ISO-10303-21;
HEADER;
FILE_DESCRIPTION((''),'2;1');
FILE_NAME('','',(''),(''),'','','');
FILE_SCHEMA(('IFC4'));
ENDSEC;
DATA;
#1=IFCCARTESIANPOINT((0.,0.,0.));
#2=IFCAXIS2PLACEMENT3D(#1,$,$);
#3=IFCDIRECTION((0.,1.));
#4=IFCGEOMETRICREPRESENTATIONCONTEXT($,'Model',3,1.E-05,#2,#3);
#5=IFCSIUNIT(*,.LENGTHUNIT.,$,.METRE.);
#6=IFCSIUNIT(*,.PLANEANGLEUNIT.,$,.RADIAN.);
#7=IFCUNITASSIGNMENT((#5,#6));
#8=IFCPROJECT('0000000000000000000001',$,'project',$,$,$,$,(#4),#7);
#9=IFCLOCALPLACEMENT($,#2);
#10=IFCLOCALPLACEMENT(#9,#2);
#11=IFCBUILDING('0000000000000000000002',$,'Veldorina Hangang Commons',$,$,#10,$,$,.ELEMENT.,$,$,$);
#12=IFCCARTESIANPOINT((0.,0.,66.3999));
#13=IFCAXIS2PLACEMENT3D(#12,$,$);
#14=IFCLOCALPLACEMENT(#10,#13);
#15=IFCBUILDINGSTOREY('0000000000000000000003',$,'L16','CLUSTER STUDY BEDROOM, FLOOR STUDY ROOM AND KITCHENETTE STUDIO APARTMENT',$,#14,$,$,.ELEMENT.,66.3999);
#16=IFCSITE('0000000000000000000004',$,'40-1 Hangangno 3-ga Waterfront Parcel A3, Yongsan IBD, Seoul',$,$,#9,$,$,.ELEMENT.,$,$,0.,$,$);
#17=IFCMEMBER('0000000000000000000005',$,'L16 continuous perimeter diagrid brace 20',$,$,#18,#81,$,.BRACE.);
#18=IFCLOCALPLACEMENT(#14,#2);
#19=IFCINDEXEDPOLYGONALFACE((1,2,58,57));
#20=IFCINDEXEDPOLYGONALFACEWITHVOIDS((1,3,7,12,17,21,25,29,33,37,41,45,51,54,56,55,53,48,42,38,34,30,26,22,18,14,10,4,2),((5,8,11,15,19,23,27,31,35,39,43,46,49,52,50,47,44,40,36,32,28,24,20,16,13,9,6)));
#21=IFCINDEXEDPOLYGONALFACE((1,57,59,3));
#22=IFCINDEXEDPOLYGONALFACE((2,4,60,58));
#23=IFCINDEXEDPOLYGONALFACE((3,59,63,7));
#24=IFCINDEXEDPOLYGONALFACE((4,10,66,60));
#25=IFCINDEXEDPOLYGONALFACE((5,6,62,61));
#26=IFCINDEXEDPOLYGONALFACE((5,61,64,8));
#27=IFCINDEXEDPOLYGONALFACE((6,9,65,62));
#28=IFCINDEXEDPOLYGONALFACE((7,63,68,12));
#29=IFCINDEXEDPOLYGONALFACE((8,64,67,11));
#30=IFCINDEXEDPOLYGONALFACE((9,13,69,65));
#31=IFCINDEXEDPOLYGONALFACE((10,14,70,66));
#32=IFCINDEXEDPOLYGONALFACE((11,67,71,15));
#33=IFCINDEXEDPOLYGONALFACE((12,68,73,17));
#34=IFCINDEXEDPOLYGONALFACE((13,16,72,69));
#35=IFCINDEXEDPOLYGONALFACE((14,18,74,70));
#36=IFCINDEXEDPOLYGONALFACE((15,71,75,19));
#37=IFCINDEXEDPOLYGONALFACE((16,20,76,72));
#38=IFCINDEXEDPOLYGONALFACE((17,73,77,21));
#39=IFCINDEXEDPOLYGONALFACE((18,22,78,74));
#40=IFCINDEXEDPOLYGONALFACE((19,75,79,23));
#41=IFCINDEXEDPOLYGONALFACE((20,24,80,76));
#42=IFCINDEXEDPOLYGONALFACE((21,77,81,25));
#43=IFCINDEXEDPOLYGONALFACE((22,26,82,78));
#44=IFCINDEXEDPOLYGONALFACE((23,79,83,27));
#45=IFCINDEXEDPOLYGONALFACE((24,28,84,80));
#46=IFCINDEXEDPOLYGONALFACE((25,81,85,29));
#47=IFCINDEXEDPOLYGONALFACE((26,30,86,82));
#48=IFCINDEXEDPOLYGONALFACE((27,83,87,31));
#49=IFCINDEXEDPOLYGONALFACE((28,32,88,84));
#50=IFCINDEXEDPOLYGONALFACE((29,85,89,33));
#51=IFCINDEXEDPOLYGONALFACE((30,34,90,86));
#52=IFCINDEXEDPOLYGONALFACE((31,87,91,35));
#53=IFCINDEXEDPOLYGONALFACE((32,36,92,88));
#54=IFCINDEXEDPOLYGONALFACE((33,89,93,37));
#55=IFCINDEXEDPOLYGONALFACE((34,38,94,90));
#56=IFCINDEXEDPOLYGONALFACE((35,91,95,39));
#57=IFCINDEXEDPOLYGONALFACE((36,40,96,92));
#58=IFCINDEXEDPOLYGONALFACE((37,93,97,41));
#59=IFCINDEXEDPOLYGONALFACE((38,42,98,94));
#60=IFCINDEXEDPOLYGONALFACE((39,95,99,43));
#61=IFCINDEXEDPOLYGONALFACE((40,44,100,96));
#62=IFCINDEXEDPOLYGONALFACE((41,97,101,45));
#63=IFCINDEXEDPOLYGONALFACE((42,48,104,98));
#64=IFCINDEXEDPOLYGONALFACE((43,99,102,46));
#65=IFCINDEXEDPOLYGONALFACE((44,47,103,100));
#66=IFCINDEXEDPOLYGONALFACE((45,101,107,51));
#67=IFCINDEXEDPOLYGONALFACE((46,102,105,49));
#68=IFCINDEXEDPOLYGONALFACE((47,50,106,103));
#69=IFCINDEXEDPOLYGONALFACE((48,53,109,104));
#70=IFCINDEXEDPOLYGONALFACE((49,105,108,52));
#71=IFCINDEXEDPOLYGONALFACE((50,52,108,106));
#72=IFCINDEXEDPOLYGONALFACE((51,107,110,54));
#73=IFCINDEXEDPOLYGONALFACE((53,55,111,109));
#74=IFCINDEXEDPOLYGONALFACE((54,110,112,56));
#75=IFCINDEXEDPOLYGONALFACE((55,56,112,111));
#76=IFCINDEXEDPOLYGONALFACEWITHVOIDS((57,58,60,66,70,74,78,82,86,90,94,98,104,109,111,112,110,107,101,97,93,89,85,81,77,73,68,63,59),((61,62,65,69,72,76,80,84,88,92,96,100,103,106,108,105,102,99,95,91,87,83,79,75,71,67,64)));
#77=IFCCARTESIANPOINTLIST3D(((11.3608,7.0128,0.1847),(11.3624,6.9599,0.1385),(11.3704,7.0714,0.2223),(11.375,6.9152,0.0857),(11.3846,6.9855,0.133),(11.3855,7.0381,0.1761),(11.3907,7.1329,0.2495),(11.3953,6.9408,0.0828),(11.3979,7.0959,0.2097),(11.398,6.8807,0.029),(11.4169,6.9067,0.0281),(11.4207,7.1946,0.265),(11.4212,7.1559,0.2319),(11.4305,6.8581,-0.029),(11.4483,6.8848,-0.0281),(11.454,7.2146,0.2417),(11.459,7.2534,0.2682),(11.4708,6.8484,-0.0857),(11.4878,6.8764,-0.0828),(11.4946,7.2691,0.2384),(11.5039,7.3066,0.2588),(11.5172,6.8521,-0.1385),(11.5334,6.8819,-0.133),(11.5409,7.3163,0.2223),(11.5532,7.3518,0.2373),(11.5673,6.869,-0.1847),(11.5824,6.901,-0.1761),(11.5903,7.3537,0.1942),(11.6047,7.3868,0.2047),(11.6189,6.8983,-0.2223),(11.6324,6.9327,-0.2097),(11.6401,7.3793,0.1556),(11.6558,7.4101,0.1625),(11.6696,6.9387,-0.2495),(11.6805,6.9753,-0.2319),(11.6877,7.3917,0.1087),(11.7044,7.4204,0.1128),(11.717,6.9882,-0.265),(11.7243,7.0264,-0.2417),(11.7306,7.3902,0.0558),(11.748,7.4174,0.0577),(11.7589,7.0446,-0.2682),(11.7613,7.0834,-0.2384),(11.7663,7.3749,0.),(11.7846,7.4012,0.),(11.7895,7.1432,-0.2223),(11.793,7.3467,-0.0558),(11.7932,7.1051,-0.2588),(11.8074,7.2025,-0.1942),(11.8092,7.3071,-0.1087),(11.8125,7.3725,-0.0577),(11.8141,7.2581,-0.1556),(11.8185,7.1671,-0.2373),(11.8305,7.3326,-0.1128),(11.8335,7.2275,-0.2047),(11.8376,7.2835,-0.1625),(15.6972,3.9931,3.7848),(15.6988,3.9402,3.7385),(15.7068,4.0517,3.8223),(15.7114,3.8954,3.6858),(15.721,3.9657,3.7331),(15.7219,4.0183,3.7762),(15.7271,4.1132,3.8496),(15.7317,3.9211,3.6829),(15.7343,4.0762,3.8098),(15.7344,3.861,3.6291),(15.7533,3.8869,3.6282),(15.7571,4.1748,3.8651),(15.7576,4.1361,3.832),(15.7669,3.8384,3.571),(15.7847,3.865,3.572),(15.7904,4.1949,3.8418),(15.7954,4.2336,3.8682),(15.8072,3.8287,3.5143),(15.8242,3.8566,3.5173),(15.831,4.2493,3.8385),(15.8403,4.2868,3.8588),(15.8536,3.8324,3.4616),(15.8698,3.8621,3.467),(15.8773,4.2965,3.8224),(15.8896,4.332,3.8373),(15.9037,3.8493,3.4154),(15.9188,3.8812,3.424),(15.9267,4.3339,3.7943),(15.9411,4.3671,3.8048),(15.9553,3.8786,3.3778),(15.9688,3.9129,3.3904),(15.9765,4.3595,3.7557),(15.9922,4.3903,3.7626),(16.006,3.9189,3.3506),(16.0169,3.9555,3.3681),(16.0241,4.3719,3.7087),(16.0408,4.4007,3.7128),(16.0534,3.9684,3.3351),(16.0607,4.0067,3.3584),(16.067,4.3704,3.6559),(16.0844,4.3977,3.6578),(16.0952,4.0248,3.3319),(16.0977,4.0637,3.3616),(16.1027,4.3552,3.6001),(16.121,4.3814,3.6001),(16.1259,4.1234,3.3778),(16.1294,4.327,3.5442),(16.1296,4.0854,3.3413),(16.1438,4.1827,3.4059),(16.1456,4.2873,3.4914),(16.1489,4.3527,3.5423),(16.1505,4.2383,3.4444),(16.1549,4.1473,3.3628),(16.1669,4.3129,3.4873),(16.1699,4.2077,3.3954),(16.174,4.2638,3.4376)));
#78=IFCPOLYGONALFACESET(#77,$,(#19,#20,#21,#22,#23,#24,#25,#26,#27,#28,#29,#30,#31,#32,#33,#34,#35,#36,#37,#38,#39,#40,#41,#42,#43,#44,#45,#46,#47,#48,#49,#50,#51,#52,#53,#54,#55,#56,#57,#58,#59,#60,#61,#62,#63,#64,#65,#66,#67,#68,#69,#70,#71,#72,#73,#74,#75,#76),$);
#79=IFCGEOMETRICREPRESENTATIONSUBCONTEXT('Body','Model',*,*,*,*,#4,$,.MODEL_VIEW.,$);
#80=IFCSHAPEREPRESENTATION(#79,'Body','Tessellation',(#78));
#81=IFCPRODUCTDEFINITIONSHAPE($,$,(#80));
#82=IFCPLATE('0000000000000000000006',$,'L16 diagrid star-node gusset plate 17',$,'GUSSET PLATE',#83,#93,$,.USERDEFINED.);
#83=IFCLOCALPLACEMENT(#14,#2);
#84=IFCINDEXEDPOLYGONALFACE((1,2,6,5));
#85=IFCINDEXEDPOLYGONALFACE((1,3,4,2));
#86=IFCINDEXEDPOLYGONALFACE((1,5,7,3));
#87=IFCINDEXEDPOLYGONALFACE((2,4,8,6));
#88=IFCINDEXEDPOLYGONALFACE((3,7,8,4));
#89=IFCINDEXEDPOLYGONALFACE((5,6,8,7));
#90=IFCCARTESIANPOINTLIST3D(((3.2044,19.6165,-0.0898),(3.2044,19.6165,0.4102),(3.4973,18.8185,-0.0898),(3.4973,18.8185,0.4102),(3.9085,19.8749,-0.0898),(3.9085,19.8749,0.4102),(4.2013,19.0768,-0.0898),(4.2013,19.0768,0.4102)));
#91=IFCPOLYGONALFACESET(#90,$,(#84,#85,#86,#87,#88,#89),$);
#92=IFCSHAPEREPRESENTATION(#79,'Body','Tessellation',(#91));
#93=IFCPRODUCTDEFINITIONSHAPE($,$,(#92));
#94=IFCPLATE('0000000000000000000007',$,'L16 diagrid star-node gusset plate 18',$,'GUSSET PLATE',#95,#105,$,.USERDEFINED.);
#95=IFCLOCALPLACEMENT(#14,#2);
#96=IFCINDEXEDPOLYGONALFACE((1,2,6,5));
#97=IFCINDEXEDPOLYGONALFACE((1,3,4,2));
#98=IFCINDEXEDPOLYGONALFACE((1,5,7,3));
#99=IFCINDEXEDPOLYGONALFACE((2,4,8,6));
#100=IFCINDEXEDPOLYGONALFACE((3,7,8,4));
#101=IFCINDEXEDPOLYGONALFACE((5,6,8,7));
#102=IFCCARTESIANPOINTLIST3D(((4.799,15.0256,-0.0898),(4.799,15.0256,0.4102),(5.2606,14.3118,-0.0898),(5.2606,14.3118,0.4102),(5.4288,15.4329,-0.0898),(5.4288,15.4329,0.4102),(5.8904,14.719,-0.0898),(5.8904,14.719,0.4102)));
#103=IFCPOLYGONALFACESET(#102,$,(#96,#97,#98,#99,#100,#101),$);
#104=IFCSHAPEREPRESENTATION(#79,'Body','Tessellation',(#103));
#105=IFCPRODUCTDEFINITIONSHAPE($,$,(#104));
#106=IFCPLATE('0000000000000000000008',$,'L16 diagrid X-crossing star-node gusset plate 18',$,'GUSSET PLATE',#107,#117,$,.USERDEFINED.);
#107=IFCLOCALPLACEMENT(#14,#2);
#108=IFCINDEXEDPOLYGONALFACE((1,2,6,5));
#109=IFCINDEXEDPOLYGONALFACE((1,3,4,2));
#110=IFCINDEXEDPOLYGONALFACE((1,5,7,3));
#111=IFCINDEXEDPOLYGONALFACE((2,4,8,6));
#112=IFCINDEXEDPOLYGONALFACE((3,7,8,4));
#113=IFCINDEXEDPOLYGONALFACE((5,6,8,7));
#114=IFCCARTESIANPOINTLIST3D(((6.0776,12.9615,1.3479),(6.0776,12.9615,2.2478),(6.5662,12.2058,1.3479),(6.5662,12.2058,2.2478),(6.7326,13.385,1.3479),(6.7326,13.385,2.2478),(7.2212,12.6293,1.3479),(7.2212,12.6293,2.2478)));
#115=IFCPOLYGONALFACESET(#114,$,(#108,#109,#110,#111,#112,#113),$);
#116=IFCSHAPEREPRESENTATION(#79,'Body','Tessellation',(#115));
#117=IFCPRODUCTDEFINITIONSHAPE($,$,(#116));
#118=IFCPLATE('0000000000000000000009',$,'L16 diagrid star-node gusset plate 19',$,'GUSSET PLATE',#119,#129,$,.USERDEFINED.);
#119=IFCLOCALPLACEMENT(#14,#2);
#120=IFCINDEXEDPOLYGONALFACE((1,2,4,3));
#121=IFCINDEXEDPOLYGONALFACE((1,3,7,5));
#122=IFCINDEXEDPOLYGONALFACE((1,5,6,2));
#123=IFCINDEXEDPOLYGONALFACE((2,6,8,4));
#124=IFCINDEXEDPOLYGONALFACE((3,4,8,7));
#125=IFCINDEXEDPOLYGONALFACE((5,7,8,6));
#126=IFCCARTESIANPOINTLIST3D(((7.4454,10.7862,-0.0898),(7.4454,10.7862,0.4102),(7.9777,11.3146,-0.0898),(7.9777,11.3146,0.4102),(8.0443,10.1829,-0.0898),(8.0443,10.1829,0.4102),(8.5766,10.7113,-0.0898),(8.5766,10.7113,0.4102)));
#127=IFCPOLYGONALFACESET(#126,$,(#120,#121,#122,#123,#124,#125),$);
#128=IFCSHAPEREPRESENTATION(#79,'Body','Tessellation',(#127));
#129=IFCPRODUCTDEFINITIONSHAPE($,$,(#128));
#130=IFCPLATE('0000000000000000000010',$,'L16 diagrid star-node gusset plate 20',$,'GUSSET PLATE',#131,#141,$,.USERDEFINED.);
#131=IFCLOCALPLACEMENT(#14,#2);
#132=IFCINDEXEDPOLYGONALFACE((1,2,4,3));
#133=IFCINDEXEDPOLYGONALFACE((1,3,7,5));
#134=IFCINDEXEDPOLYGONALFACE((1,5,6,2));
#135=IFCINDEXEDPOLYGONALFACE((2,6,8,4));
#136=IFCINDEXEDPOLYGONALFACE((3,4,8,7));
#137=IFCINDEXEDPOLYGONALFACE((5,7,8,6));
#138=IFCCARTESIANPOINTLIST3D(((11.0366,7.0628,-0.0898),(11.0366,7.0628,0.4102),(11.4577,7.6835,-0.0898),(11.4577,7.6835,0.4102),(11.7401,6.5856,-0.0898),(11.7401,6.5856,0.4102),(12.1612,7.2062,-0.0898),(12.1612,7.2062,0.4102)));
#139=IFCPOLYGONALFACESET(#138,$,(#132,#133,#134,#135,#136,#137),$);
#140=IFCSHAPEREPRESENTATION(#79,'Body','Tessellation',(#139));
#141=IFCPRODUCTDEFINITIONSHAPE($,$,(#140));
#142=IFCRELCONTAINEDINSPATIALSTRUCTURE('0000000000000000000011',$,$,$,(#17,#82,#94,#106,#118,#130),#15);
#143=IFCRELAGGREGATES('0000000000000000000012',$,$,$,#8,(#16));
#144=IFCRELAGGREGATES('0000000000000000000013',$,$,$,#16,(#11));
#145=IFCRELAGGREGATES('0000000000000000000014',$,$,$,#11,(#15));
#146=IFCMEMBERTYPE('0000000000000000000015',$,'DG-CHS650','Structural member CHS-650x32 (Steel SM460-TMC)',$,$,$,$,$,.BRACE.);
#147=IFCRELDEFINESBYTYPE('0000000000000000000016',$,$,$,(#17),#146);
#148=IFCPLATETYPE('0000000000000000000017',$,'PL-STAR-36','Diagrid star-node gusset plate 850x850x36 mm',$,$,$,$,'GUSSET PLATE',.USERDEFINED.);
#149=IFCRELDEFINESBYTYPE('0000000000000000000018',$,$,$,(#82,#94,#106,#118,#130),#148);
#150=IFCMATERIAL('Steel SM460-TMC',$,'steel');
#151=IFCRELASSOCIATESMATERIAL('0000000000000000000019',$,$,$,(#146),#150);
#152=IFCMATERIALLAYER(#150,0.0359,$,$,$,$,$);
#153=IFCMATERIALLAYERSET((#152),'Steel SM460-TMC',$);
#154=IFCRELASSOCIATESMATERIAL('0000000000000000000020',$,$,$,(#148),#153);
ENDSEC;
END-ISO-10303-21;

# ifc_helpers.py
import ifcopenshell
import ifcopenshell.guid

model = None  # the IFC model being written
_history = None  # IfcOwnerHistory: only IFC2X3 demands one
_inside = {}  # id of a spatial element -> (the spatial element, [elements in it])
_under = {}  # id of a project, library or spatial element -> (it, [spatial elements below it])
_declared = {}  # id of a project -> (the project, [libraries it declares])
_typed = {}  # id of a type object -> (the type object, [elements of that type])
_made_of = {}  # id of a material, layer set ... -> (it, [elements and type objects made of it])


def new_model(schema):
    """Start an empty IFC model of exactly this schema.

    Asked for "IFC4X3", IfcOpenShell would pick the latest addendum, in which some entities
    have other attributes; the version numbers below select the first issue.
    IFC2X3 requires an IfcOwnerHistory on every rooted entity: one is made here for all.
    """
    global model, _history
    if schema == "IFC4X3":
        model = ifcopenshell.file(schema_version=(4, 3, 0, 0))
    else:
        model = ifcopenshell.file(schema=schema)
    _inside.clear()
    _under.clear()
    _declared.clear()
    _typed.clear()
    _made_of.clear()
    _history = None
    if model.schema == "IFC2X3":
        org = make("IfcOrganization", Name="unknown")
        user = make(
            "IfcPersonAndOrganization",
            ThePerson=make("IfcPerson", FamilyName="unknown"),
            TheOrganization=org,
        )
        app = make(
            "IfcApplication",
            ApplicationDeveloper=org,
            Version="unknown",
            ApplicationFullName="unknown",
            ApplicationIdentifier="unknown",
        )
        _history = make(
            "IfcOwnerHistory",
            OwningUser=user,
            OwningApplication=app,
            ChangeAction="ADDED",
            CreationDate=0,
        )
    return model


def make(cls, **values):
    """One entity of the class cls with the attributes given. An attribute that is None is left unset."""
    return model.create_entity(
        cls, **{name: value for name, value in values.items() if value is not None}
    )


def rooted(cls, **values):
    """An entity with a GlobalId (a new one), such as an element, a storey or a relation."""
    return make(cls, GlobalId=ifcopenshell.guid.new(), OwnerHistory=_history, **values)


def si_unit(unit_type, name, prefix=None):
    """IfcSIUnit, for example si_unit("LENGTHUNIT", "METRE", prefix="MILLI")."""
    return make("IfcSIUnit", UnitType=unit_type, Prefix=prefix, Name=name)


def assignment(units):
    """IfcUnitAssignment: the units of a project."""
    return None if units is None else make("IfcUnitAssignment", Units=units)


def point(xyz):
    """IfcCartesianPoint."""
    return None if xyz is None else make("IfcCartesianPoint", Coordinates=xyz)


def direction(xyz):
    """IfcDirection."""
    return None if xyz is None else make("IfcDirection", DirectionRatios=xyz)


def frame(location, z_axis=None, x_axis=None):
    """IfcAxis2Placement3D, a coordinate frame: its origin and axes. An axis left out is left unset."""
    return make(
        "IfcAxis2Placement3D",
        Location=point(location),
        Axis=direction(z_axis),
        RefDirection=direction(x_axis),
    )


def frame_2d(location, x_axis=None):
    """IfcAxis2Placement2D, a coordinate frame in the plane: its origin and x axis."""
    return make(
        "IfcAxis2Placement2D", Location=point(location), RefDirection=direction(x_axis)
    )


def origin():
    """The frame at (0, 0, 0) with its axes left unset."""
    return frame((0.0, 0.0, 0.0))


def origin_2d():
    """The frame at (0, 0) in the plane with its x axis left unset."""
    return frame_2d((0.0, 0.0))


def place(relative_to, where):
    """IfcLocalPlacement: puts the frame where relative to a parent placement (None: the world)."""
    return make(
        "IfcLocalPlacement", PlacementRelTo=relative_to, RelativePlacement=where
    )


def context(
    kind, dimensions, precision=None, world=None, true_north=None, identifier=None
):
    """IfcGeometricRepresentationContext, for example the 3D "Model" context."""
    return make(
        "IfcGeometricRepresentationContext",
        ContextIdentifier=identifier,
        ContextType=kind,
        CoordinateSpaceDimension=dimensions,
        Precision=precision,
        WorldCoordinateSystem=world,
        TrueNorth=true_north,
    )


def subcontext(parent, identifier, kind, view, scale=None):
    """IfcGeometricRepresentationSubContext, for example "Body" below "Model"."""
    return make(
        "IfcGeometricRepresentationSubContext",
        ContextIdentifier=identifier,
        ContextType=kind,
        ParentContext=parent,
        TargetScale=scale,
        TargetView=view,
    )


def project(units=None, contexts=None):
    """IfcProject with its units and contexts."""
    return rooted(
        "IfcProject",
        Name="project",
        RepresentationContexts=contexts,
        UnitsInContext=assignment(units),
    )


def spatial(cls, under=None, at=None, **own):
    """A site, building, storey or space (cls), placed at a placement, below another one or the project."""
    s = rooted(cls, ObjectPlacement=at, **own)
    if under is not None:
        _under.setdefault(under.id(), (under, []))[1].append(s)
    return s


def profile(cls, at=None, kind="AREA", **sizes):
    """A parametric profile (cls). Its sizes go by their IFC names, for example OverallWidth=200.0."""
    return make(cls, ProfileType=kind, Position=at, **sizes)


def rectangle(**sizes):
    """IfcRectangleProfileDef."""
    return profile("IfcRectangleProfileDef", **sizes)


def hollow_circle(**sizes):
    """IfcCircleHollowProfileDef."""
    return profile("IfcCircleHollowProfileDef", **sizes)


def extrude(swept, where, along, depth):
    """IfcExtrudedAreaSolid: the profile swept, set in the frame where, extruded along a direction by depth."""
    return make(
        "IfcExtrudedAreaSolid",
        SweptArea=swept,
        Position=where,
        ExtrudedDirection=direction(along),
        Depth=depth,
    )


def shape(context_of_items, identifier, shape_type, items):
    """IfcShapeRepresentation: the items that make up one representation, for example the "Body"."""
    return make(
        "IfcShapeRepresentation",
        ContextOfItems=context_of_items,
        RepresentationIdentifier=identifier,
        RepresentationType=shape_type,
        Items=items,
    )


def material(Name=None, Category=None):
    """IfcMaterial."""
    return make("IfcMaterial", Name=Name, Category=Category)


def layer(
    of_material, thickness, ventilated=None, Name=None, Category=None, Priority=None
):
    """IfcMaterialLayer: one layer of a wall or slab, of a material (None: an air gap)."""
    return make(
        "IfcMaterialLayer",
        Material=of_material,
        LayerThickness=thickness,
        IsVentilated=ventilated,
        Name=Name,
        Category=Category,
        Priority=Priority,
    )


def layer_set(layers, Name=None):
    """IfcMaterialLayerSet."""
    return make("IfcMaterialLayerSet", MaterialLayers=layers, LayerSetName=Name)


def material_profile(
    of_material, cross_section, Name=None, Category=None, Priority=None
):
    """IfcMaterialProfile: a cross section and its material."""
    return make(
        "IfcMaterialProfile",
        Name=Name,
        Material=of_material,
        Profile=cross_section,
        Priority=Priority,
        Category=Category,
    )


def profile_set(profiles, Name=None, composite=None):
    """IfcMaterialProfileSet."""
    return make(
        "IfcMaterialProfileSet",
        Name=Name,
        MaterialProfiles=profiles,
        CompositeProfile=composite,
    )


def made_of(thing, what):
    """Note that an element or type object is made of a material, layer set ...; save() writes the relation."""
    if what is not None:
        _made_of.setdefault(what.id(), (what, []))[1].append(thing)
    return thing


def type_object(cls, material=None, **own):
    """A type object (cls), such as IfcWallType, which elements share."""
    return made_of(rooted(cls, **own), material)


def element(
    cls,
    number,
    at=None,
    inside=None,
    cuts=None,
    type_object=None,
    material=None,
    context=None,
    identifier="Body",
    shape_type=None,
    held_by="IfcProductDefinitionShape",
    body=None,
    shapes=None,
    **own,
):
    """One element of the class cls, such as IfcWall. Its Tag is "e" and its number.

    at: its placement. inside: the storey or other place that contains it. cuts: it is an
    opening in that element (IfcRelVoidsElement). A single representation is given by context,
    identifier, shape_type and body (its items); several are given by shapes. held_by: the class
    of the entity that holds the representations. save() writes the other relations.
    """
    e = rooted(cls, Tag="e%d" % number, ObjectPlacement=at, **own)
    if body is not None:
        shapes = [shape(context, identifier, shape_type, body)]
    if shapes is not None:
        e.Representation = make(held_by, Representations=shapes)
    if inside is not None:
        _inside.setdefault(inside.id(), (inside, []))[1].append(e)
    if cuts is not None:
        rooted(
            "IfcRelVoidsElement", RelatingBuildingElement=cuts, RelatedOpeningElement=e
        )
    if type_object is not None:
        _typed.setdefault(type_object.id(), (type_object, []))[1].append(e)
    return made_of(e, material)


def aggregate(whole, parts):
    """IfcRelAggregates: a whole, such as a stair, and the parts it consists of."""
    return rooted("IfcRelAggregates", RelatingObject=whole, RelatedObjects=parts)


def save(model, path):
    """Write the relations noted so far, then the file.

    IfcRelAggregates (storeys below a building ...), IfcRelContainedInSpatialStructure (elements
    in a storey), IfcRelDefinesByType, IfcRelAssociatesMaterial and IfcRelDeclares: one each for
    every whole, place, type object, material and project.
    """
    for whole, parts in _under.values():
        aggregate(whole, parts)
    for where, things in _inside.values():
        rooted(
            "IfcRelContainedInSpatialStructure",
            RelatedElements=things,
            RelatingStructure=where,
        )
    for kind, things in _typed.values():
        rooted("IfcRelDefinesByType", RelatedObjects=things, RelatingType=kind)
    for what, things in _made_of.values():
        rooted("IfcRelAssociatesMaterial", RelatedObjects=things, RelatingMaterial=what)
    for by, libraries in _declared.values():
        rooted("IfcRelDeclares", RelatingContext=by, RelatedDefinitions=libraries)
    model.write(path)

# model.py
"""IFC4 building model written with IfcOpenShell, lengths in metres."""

from ifc_helpers import new_model, si_unit, direction, frame, origin, origin_2d, place, context, subcontext, project, spatial, rectangle, hollow_circle, extrude, material, layer, layer_set, material_profile, profile_set, type_object, element, save


model = new_model("IFC4")

# Units and contexts
model_context = context("Model", 3, precision=1e-05, world=origin(), true_north=direction((0.0, 1.0)))
body_context = subcontext(model_context, "Body", "Model", "MODEL_VIEW")
ifc_project = project(units=[si_unit("LENGTHUNIT", "METRE"), si_unit("PLANEANGLEUNIT", "RADIAN")], contexts=[model_context])

# Site, building, storey
site_placement = place(None, origin())
site = spatial("IfcSite", under=ifc_project, at=site_placement, Name="40-1 Hangangno 3-ga Waterfront Parcel A3, Yongsan IBD, Seoul", CompositionType="ELEMENT", RefElevation=0.0)
building_placement = place(site_placement, origin())
building = spatial("IfcBuilding", under=site, at=building_placement, Name="Veldorina Hangang Commons", CompositionType="ELEMENT")
storey_placement = place(building_placement, frame((0.0, 0.0, 66.3999)))
storey = spatial("IfcBuildingStorey", under=building, at=storey_placement, Name="L16", Description="CLUSTER STUDY BEDROOM, FLOOR STUDY ROOM AND KITCHENETTE STUDIO APARTMENT", CompositionType="ELEMENT", Elevation=66.3999)

# Member
ifc_material_1 = material(Name="Steel SM460-TMC", Category="steel")
ifc_material_profile_1 = material_profile(ifc_material_1, hollow_circle(Radius=0.325, WallThickness=0.032, at=origin_2d()), Name="CHS-650x32")
ifc_profile_set_1 = profile_set([ifc_material_profile_1], Name="Steel SM460-TMC")
member_type = type_object("IfcMemberType", Name="DG-CHS650", Description="Structural member CHS-650x32 (Steel SM460-TMC)", PredefinedType="BRACE", material=ifc_profile_set_1)
member_1_placement = place(storey_placement, frame((11.5989, 7.1345, 0.0), z_axis=(0.678193, -0.472276, 0.563036), x_axis=(0.571464, 0.820627, 0.0)))
element("IfcMember", 1, at=member_1_placement, inside=storey, type_object=member_type, Name="L16 continuous perimeter diagrid brace 20", PredefinedType="BRACE", context=body_context, shape_type="SweptSolid", body=[
    extrude(hollow_circle(Radius=0.325, WallThickness=0.032, at=origin_2d()), origin(), (0.0, 0.0, 1.0), 6.394),
])

# Plates
ifc_layer_1 = layer(ifc_material_1, 0.0359)
ifc_layer_set_1 = layer_set([ifc_layer_1], Name="Steel SM460-TMC")
plate_type = type_object("IfcPlateType", Name="PL-STAR-36", Description="Diagrid star-node gusset plate 850x850x36 mm", ElementType="GUSSET PLATE", PredefinedType="USERDEFINED", material=ifc_layer_set_1)
for number, where, z_axis, x_axis, name in (
    (2, (3.7029, 19.3467, -0.0898), (0.0, 0.0, 1.0), (0.344479, -0.938794, 0.0), "L16 diagrid star-node gusset plate 17"),
    (3, (5.3447, 14.8723, -0.0898), (0.0, 0.0, 1.0), (0.542969, -0.839753, 0.0), "L16 diagrid star-node gusset plate 18"),
):
    element("IfcPlate", number, at=place(storey_placement, frame(where, z_axis=z_axis, x_axis=x_axis)), inside=storey, type_object=plate_type, Name=name, ObjectType="GUSSET PLATE", PredefinedType="USERDEFINED", context=body_context, shape_type="SweptSolid", body=[
        extrude(rectangle(XDim=0.8501, YDim=0.75, at=origin_2d()), origin(), (0.0, 0.0, 1.0), 0.5),
    ])
plate_placement = place(storey_placement, frame((6.6494, 12.7954, 1.3479), z_axis=(0.0, 0.0, 1.0), x_axis=(0.542969, -0.839753, 0.0)))
element("IfcPlate", 4, at=plate_placement, inside=storey, type_object=plate_type, Name="L16 diagrid X-crossing star-node gusset plate 18", ObjectType="GUSSET PLATE", PredefinedType="USERDEFINED", context=body_context, shape_type="SweptSolid", body=[
    extrude(rectangle(XDim=0.8999, YDim=0.78, at=origin_2d()), origin(), (0.0, 0.0, 1.0), 0.8999),
])
for number, where, z_axis, x_axis, name in (
    (5, (8.011, 10.7488, -0.0898), (0.0, 0.0, 1.0), (0.70451, -0.709694, 0.0), "L16 diagrid star-node gusset plate 19"),
    (6, (11.5989, 7.1345, -0.0898), (0.0, 0.0, 1.0), (0.827532, -0.561419, 0.0), "L16 diagrid star-node gusset plate 20"),
):
    element("IfcPlate", number, at=place(storey_placement, frame(where, z_axis=z_axis, x_axis=x_axis)), inside=storey, type_object=plate_type, Name=name, ObjectType="GUSSET PLATE", PredefinedType="USERDEFINED", context=body_context, shape_type="SweptSolid", body=[
        extrude(rectangle(XDim=0.8501, YDim=0.75, at=origin_2d()), origin(), (0.0, 0.0, 1.0), 0.5),
    ])

save(model, "model.ifc")
